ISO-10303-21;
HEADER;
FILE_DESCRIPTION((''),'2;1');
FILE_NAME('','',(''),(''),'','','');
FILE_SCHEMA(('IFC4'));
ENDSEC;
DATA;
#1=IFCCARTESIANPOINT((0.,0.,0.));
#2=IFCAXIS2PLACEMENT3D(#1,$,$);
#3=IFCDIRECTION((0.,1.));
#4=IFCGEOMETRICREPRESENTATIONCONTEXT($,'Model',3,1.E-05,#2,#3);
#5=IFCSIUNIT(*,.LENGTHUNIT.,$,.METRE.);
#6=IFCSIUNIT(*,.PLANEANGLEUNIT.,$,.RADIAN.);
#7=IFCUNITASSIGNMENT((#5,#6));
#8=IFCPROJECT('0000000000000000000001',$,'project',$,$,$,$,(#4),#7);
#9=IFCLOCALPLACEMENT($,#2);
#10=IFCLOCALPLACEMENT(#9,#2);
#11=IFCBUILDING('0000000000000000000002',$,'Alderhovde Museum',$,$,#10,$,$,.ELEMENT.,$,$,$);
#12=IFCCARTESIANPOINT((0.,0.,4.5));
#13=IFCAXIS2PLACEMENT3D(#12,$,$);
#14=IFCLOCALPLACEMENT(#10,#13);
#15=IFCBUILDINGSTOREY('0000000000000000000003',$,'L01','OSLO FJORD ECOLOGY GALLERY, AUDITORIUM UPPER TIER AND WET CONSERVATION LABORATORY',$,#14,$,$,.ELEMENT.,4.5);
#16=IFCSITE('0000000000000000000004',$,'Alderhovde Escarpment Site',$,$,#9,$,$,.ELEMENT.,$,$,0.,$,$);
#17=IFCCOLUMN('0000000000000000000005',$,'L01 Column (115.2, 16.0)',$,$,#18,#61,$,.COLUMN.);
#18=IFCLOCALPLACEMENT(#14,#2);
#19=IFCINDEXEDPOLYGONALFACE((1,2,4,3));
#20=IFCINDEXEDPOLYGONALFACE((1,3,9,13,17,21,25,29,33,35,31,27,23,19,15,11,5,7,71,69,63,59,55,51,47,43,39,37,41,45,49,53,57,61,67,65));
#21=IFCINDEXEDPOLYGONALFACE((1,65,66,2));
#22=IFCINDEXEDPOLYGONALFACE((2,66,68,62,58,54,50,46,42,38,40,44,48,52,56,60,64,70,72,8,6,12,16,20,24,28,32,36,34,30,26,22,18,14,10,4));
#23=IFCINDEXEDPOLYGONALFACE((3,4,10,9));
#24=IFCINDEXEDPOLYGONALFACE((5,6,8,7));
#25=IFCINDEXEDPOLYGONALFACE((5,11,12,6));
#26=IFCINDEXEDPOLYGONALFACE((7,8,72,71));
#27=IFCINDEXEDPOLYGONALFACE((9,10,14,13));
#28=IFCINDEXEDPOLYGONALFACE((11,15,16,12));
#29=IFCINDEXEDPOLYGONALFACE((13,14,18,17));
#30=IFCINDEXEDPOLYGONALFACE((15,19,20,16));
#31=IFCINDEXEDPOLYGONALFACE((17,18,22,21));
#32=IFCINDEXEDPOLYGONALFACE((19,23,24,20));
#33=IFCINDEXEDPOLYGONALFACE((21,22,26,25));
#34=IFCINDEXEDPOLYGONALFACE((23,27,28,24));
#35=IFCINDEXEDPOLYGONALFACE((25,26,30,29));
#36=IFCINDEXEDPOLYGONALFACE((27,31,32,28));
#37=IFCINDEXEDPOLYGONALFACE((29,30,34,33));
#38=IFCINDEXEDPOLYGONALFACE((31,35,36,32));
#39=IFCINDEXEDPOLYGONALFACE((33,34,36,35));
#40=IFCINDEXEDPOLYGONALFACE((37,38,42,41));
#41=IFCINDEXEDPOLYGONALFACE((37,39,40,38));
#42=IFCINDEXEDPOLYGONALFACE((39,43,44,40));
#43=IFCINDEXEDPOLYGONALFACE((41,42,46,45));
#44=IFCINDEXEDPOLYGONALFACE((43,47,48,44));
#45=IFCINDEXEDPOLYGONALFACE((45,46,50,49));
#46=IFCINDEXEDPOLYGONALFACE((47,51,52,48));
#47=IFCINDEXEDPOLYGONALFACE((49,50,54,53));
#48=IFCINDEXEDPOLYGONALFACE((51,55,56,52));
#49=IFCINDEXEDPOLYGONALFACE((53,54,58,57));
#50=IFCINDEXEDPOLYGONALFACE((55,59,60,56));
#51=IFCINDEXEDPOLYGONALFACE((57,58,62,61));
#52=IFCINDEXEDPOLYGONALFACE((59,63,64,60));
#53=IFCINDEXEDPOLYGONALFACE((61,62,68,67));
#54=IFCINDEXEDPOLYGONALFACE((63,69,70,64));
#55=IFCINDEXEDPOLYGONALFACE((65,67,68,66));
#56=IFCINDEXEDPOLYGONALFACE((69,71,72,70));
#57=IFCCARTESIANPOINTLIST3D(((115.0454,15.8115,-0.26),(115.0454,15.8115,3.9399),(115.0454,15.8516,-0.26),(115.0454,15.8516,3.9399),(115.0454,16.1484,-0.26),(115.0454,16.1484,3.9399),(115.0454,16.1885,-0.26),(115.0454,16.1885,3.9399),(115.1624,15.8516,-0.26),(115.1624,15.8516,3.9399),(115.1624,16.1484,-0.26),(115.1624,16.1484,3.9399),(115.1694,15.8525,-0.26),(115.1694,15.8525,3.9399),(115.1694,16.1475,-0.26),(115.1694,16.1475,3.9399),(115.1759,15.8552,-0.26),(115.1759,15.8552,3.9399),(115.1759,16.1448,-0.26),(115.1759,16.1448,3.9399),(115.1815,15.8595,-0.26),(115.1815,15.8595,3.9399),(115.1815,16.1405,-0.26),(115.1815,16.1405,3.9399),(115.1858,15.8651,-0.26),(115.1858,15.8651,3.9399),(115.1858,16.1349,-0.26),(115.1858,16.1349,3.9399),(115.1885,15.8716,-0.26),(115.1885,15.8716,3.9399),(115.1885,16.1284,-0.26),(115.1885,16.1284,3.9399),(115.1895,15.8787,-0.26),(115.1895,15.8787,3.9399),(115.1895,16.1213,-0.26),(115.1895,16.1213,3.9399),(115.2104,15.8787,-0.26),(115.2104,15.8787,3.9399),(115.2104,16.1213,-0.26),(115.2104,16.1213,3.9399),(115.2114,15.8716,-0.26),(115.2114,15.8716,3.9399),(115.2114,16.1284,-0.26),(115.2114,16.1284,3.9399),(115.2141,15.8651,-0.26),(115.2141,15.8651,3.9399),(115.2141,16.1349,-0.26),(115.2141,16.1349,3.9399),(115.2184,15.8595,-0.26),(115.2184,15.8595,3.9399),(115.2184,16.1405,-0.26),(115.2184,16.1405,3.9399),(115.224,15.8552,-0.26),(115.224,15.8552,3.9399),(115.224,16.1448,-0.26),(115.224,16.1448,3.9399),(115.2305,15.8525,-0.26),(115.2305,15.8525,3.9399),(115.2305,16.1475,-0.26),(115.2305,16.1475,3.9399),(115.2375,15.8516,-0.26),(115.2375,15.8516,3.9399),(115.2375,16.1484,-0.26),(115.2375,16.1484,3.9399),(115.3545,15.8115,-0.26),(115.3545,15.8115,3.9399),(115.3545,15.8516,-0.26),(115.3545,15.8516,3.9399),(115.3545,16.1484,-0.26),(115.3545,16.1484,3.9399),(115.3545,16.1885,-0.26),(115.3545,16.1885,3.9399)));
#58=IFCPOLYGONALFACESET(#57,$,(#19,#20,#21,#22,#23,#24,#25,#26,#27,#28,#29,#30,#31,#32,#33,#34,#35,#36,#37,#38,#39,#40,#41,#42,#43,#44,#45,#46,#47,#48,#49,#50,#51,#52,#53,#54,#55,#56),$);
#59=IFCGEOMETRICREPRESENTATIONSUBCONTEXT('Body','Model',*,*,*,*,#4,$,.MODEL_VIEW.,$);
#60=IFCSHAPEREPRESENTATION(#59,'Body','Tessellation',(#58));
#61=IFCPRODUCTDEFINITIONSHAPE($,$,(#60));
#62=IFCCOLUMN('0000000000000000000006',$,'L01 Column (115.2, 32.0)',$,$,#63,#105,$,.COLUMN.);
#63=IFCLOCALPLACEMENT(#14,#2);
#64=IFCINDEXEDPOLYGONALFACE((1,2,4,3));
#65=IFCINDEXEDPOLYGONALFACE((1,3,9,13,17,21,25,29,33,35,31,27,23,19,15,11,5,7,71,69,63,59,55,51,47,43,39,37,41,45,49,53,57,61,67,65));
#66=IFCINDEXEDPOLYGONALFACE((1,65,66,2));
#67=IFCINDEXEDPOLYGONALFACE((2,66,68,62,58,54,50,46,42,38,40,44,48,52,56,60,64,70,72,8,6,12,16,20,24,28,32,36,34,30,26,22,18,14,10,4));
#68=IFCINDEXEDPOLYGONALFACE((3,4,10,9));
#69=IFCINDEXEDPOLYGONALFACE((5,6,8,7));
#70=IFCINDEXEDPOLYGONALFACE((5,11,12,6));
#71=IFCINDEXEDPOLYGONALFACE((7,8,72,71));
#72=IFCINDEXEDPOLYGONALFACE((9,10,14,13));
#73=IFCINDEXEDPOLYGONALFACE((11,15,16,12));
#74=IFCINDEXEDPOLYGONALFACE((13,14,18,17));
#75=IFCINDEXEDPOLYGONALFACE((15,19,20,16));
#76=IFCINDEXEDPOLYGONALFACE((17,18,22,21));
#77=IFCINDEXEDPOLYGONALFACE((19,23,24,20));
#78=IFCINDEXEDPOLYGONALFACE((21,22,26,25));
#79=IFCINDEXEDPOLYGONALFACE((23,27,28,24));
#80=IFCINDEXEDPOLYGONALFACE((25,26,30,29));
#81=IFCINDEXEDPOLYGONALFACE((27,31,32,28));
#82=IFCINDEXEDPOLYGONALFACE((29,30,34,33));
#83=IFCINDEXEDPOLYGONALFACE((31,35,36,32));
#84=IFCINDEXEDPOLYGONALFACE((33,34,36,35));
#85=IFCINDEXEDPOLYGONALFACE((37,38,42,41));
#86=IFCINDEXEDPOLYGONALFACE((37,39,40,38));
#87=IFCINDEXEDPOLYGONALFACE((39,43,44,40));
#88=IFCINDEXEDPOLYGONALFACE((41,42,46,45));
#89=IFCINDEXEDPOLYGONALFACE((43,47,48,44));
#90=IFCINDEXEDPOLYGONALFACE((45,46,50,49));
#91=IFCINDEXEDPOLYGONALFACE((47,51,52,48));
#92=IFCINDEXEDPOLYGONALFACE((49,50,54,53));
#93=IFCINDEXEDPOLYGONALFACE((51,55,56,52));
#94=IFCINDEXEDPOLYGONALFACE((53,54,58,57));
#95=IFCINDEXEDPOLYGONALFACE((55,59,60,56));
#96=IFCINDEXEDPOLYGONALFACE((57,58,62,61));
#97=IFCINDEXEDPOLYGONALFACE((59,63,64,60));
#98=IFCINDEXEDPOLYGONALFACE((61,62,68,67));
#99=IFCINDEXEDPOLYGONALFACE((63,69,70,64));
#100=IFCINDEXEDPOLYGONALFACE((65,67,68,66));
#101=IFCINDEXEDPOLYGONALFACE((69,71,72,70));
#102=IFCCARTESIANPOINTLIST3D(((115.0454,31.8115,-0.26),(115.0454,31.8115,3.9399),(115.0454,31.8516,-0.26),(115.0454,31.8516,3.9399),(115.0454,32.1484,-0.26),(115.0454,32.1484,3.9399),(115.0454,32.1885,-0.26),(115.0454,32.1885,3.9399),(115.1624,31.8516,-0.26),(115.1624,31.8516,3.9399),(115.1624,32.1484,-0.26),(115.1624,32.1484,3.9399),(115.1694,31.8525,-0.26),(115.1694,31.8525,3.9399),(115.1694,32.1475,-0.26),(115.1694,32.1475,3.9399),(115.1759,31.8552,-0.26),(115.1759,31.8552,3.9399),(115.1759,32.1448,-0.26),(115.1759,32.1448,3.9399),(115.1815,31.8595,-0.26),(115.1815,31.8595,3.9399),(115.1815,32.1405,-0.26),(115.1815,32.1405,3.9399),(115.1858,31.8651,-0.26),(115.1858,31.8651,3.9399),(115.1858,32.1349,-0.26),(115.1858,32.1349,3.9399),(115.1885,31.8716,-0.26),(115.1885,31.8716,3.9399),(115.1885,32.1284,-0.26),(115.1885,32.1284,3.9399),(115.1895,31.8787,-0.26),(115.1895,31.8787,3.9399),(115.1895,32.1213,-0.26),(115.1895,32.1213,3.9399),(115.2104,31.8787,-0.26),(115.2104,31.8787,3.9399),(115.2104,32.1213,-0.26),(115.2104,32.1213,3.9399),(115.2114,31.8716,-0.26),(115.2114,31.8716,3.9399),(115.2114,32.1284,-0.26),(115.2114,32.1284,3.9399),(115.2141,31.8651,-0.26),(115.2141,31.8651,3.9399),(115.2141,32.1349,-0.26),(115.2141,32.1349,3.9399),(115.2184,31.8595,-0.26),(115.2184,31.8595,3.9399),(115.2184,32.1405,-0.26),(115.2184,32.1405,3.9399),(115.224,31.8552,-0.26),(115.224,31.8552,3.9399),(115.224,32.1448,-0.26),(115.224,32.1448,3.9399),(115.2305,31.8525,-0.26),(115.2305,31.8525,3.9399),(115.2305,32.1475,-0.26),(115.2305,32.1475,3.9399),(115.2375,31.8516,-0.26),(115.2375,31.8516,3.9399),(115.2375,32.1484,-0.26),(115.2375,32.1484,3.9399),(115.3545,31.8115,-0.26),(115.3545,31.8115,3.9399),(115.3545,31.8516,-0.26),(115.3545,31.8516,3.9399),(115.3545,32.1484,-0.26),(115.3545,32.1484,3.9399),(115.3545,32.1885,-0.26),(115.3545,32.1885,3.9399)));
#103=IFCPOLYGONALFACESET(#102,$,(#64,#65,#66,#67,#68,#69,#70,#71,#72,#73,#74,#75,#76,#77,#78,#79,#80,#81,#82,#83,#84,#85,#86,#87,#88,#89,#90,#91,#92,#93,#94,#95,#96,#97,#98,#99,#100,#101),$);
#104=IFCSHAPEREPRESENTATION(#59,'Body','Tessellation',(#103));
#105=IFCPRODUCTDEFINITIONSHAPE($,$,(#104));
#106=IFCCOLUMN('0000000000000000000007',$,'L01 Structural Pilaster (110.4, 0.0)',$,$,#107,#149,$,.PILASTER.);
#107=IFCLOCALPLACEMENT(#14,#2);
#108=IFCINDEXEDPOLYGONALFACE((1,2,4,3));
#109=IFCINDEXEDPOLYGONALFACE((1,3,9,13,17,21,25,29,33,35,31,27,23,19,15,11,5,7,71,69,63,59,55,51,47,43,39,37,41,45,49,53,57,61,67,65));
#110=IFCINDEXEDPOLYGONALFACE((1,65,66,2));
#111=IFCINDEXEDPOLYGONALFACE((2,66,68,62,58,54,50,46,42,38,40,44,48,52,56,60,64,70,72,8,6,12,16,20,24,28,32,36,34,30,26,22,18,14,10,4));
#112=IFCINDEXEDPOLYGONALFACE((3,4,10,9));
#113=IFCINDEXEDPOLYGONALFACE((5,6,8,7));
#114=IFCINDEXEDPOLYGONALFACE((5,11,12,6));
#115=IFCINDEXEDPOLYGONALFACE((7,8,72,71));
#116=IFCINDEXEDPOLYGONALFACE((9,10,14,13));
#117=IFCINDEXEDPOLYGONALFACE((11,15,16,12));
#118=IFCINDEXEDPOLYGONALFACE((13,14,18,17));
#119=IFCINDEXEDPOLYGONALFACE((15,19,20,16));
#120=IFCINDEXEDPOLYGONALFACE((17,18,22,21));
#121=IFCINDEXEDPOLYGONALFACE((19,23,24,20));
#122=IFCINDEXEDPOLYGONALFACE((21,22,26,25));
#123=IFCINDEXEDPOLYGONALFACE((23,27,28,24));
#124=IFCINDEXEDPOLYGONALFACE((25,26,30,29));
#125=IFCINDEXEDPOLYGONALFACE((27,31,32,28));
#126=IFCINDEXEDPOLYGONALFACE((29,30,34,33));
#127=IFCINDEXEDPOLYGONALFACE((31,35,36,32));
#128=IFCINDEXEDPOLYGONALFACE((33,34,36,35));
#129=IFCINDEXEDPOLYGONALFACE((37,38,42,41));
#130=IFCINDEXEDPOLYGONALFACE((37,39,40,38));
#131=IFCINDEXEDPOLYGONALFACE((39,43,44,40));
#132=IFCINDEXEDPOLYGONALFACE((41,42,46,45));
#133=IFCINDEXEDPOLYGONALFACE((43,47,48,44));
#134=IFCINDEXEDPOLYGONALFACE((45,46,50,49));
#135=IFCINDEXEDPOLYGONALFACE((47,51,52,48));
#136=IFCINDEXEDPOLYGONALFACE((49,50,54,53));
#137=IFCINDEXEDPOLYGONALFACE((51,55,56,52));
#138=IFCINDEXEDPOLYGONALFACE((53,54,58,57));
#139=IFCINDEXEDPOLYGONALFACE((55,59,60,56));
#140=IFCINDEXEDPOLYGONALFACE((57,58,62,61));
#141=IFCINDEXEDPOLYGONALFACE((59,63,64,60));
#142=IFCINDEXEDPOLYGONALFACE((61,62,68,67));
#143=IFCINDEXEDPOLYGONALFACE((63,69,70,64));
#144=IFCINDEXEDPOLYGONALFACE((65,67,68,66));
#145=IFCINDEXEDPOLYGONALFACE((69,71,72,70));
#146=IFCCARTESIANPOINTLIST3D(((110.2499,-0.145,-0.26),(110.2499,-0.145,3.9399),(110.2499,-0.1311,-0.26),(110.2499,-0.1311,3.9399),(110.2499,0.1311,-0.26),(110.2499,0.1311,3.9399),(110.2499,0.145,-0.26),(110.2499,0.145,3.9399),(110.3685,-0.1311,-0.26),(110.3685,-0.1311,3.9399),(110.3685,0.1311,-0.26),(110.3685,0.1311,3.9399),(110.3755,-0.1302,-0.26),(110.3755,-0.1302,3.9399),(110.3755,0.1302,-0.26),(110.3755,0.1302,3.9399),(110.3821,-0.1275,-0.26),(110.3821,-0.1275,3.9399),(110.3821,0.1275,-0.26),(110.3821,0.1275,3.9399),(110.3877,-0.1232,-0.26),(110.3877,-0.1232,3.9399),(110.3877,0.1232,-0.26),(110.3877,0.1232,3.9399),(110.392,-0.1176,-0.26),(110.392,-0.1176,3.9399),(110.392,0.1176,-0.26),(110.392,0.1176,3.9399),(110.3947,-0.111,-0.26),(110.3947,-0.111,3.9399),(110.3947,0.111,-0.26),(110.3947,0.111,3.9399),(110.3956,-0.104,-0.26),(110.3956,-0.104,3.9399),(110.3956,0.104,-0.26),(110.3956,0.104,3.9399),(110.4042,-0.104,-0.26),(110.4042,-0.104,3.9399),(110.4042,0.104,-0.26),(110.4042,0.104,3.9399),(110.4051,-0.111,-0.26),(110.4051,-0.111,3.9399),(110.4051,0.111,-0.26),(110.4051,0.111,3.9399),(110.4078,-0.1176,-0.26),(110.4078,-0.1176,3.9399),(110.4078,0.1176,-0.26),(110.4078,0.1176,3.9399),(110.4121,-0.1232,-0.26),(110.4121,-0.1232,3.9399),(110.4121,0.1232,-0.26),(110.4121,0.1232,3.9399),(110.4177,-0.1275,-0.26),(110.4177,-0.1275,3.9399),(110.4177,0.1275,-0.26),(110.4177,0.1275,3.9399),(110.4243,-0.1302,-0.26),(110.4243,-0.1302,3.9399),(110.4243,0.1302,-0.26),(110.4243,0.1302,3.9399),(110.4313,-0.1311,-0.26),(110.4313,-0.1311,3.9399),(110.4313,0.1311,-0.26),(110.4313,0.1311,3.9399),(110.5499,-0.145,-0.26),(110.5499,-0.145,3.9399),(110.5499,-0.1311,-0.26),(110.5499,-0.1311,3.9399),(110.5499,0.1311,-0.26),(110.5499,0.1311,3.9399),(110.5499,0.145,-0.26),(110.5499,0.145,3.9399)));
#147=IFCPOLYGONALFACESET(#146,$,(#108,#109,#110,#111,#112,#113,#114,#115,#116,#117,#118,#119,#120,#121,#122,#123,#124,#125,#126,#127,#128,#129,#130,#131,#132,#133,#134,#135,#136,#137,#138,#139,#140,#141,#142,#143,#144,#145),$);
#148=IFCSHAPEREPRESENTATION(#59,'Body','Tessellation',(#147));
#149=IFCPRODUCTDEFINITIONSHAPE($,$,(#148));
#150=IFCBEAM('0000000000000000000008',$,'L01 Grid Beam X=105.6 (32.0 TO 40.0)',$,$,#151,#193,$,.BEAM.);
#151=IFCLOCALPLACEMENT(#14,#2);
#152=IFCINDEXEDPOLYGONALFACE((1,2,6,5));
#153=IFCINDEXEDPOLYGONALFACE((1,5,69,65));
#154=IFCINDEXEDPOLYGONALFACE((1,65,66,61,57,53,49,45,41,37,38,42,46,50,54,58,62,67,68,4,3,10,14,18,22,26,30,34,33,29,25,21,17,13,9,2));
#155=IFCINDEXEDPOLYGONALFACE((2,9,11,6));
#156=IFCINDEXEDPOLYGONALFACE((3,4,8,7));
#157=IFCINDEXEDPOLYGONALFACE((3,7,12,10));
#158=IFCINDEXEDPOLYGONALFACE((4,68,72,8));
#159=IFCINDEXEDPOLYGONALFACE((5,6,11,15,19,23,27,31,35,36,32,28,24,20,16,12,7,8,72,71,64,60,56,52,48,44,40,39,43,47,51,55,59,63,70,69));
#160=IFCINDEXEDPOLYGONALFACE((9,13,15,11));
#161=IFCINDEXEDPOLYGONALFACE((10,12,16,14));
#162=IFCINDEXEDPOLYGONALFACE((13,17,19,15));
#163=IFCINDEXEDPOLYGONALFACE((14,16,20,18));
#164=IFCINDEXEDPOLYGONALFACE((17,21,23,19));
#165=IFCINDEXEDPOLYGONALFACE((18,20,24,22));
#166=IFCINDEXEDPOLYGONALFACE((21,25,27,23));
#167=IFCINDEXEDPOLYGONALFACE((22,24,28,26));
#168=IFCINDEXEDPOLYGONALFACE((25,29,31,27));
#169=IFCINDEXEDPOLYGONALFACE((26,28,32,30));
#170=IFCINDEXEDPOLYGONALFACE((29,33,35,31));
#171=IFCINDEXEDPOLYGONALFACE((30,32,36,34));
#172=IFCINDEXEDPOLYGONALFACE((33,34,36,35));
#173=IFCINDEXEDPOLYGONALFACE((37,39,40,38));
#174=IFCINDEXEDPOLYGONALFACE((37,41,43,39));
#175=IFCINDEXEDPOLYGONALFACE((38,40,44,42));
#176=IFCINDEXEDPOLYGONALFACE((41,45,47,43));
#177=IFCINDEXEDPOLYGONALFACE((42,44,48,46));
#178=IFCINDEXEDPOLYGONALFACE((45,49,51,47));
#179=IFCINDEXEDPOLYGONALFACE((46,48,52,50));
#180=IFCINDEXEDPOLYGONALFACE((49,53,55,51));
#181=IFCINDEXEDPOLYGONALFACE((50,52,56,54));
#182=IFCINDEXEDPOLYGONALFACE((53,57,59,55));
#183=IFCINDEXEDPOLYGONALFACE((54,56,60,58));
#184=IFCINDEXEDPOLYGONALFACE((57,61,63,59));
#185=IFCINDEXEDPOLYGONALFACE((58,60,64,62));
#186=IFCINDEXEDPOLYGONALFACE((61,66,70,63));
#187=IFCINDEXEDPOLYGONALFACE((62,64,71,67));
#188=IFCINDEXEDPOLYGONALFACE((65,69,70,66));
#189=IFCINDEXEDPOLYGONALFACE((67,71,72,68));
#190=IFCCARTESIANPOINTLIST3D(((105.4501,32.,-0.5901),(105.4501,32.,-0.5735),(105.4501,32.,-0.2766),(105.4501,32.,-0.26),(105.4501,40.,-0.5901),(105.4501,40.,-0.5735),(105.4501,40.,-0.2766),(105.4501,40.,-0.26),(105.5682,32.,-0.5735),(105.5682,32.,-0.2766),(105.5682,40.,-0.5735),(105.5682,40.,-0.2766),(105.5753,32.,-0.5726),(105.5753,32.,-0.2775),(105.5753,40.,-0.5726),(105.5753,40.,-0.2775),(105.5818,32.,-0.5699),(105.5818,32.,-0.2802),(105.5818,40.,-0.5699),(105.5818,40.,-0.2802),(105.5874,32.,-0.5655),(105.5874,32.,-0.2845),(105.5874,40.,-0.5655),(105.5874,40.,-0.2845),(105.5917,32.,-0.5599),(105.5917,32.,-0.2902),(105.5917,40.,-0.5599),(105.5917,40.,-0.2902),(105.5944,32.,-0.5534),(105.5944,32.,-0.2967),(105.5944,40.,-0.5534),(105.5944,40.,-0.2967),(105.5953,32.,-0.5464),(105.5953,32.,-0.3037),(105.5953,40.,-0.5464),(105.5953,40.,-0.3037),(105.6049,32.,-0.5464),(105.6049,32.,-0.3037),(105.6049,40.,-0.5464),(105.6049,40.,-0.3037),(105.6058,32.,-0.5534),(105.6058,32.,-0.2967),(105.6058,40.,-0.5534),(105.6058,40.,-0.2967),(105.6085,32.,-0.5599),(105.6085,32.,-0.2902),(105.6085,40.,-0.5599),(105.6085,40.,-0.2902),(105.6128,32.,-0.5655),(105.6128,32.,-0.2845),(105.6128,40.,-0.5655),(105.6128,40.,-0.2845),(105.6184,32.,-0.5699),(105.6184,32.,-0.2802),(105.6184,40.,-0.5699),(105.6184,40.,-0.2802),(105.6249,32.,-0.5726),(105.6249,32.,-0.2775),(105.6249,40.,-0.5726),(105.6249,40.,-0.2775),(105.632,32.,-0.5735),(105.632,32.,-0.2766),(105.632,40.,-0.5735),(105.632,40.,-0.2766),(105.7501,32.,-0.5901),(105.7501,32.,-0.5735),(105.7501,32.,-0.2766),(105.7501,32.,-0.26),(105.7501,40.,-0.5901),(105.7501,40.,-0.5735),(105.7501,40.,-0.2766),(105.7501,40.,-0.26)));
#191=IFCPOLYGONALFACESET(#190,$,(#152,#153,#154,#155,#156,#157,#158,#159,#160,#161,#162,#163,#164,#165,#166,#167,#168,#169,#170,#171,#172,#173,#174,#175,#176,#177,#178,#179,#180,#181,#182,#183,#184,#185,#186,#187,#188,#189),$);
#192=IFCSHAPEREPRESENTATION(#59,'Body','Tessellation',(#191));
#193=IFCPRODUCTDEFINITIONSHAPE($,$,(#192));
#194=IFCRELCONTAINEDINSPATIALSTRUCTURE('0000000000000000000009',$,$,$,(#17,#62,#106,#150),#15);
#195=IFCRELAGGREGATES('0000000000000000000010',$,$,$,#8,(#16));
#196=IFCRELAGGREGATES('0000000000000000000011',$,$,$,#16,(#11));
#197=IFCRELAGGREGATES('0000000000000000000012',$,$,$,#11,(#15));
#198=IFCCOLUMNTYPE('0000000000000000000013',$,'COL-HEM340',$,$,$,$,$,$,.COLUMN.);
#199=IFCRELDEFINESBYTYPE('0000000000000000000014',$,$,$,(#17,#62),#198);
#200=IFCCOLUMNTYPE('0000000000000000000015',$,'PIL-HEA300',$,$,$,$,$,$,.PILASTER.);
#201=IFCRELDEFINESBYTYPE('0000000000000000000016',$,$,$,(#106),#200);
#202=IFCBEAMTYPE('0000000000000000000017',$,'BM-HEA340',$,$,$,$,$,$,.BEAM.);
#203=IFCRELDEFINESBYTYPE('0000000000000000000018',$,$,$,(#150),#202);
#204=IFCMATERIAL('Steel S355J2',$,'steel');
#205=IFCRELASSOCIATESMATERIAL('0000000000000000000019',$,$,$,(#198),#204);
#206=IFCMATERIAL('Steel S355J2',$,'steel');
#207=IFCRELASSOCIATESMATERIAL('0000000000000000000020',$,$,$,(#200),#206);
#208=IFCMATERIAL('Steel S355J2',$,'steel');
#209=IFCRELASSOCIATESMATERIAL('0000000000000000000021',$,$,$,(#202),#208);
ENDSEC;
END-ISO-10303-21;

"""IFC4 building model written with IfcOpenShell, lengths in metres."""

from ifc_helpers import new_model, si_unit, direction, frame, origin, origin_2d, place, context, subcontext, project, spatial, i_section, extrude, material, material_profile, profile_set, type_object, element, save


model = new_model("IFC4")

# Units and contexts
model_context = context("Model", 3, precision=1e-05, world=origin(), true_north=direction((0.0, 1.0)))
body_context = subcontext(model_context, "Body", "Model", "MODEL_VIEW")
ifc_project = project(units=[si_unit("LENGTHUNIT", "METRE"), si_unit("PLANEANGLEUNIT", "RADIAN")], contexts=[model_context])

# Site, building, storey
site_placement = place(None, origin())
site = spatial("IfcSite", under=ifc_project, at=site_placement, Name="Alderhovde Escarpment Site", CompositionType="ELEMENT", RefElevation=0.0)
building_placement = place(site_placement, origin())
building = spatial("IfcBuilding", under=site, at=building_placement, Name="Alderhovde Museum", CompositionType="ELEMENT")
storey_placement = place(building_placement, frame((0.0, 0.0, 4.5)))
storey = spatial("IfcBuildingStorey", under=building, at=storey_placement, Name="L01", Description="OSLO FJORD ECOLOGY GALLERY, AUDITORIUM UPPER TIER AND WET CONSERVATION LABORATORY", CompositionType="ELEMENT", Elevation=4.5)

# Columns
ifc_material_1 = material(Name="Steel S355J2", Category="steel")
ifc_material_profile_1 = material_profile(ifc_material_1, i_section(OverallWidth=0.3091, OverallDepth=0.377, WebThickness=0.021, FlangeThickness=0.04, FilletRadius=0.0271, at=origin_2d()), Name="HEM 340")
ifc_profile_set_1 = profile_set([ifc_material_profile_1], Name="Steel S355J2")
column_type_1 = type_object("IfcColumnType", Name="COL-HEM340", PredefinedType="COLUMN", material=ifc_profile_set_1)
for number, where, z_axis, x_axis, name in (
    (1, (115.2, 16.0, -0.26), (0.0, 0.0, 1.0), (1.0, 0.0, 0.0), "L01 Column (115.2, 16.0)"),
    (2, (115.2, 32.0, -0.26), (0.0, 0.0, 1.0), (1.0, 0.0, 0.0), "L01 Column (115.2, 32.0)"),
):
    element("IfcColumn", number, at=place(storey_placement, frame(where, z_axis=z_axis, x_axis=x_axis)), inside=storey, type_object=column_type_1, Name=name, PredefinedType="COLUMN", context=body_context, shape_type="SweptSolid", body=[
        extrude(i_section(OverallWidth=0.3091, OverallDepth=0.377, WebThickness=0.021, FlangeThickness=0.04, FilletRadius=0.0271, at=origin_2d()), origin(), (0.0, 0.0, 1.0), 4.2),
    ])
ifc_material_2 = material(Name="Steel S355J2", Category="steel")
ifc_material_profile_2 = material_profile(ifc_material_2, i_section(OverallWidth=0.3, OverallDepth=0.29, WebThickness=0.0085, FlangeThickness=0.0139, FilletRadius=0.0271, at=origin_2d()), Name="HEA 300")
ifc_profile_set_2 = profile_set([ifc_material_profile_2], Name="Steel S355J2")
column_type_2 = type_object("IfcColumnType", Name="PIL-HEA300", PredefinedType="PILASTER", material=ifc_profile_set_2)
column_placement = place(storey_placement, frame((110.3999, 0.0, -0.26), z_axis=(0.0, 0.0, 1.0), x_axis=(1.0, 0.0, 0.0)))
element("IfcColumn", 3, at=column_placement, inside=storey, type_object=column_type_2, Name="L01 Structural Pilaster (110.4, 0.0)", PredefinedType="PILASTER", context=body_context, shape_type="SweptSolid", body=[
    extrude(i_section(OverallWidth=0.3, OverallDepth=0.29, WebThickness=0.0085, FlangeThickness=0.0139, FilletRadius=0.0271, at=origin_2d()), origin(), (0.0, 0.0, 1.0), 4.2),
])

# Beam
ifc_material_3 = material(Name="Steel S355J2", Category="steel")
ifc_material_profile_3 = material_profile(ifc_material_3, i_section(OverallWidth=0.3, OverallDepth=0.3301, WebThickness=0.0095, FlangeThickness=0.0166, FilletRadius=0.0271, at=origin_2d()), Name="HEA 340")
ifc_profile_set_3 = profile_set([ifc_material_profile_3], Name="Steel S355J2")
beam_type_1 = type_object("IfcBeamType", Name="BM-HEA340", PredefinedType="BEAM", material=ifc_profile_set_3)
for number, where, z_axis, x_axis, name in (
    (4, (105.6001, 32.0, -0.425), (0.0, 1.0, 0.0), (-1.0, 0.0, 0.0), "L01 Grid Beam X=105.6 (32.0 TO 40.0)"),
):
    element("IfcBeam", number, at=place(storey_placement, frame(where, z_axis=z_axis, x_axis=x_axis)), inside=storey, type_object=beam_type_1, Name=name, PredefinedType="BEAM", context=body_context, shape_type="SweptSolid", body=[
        extrude(i_section(OverallWidth=0.3, OverallDepth=0.3301, WebThickness=0.0095, FlangeThickness=0.0166, FilletRadius=0.0271, at=origin_2d()), origin(), (0.0, 0.0, 1.0), 8.0),
    ])

save(model, "model.ifc")
